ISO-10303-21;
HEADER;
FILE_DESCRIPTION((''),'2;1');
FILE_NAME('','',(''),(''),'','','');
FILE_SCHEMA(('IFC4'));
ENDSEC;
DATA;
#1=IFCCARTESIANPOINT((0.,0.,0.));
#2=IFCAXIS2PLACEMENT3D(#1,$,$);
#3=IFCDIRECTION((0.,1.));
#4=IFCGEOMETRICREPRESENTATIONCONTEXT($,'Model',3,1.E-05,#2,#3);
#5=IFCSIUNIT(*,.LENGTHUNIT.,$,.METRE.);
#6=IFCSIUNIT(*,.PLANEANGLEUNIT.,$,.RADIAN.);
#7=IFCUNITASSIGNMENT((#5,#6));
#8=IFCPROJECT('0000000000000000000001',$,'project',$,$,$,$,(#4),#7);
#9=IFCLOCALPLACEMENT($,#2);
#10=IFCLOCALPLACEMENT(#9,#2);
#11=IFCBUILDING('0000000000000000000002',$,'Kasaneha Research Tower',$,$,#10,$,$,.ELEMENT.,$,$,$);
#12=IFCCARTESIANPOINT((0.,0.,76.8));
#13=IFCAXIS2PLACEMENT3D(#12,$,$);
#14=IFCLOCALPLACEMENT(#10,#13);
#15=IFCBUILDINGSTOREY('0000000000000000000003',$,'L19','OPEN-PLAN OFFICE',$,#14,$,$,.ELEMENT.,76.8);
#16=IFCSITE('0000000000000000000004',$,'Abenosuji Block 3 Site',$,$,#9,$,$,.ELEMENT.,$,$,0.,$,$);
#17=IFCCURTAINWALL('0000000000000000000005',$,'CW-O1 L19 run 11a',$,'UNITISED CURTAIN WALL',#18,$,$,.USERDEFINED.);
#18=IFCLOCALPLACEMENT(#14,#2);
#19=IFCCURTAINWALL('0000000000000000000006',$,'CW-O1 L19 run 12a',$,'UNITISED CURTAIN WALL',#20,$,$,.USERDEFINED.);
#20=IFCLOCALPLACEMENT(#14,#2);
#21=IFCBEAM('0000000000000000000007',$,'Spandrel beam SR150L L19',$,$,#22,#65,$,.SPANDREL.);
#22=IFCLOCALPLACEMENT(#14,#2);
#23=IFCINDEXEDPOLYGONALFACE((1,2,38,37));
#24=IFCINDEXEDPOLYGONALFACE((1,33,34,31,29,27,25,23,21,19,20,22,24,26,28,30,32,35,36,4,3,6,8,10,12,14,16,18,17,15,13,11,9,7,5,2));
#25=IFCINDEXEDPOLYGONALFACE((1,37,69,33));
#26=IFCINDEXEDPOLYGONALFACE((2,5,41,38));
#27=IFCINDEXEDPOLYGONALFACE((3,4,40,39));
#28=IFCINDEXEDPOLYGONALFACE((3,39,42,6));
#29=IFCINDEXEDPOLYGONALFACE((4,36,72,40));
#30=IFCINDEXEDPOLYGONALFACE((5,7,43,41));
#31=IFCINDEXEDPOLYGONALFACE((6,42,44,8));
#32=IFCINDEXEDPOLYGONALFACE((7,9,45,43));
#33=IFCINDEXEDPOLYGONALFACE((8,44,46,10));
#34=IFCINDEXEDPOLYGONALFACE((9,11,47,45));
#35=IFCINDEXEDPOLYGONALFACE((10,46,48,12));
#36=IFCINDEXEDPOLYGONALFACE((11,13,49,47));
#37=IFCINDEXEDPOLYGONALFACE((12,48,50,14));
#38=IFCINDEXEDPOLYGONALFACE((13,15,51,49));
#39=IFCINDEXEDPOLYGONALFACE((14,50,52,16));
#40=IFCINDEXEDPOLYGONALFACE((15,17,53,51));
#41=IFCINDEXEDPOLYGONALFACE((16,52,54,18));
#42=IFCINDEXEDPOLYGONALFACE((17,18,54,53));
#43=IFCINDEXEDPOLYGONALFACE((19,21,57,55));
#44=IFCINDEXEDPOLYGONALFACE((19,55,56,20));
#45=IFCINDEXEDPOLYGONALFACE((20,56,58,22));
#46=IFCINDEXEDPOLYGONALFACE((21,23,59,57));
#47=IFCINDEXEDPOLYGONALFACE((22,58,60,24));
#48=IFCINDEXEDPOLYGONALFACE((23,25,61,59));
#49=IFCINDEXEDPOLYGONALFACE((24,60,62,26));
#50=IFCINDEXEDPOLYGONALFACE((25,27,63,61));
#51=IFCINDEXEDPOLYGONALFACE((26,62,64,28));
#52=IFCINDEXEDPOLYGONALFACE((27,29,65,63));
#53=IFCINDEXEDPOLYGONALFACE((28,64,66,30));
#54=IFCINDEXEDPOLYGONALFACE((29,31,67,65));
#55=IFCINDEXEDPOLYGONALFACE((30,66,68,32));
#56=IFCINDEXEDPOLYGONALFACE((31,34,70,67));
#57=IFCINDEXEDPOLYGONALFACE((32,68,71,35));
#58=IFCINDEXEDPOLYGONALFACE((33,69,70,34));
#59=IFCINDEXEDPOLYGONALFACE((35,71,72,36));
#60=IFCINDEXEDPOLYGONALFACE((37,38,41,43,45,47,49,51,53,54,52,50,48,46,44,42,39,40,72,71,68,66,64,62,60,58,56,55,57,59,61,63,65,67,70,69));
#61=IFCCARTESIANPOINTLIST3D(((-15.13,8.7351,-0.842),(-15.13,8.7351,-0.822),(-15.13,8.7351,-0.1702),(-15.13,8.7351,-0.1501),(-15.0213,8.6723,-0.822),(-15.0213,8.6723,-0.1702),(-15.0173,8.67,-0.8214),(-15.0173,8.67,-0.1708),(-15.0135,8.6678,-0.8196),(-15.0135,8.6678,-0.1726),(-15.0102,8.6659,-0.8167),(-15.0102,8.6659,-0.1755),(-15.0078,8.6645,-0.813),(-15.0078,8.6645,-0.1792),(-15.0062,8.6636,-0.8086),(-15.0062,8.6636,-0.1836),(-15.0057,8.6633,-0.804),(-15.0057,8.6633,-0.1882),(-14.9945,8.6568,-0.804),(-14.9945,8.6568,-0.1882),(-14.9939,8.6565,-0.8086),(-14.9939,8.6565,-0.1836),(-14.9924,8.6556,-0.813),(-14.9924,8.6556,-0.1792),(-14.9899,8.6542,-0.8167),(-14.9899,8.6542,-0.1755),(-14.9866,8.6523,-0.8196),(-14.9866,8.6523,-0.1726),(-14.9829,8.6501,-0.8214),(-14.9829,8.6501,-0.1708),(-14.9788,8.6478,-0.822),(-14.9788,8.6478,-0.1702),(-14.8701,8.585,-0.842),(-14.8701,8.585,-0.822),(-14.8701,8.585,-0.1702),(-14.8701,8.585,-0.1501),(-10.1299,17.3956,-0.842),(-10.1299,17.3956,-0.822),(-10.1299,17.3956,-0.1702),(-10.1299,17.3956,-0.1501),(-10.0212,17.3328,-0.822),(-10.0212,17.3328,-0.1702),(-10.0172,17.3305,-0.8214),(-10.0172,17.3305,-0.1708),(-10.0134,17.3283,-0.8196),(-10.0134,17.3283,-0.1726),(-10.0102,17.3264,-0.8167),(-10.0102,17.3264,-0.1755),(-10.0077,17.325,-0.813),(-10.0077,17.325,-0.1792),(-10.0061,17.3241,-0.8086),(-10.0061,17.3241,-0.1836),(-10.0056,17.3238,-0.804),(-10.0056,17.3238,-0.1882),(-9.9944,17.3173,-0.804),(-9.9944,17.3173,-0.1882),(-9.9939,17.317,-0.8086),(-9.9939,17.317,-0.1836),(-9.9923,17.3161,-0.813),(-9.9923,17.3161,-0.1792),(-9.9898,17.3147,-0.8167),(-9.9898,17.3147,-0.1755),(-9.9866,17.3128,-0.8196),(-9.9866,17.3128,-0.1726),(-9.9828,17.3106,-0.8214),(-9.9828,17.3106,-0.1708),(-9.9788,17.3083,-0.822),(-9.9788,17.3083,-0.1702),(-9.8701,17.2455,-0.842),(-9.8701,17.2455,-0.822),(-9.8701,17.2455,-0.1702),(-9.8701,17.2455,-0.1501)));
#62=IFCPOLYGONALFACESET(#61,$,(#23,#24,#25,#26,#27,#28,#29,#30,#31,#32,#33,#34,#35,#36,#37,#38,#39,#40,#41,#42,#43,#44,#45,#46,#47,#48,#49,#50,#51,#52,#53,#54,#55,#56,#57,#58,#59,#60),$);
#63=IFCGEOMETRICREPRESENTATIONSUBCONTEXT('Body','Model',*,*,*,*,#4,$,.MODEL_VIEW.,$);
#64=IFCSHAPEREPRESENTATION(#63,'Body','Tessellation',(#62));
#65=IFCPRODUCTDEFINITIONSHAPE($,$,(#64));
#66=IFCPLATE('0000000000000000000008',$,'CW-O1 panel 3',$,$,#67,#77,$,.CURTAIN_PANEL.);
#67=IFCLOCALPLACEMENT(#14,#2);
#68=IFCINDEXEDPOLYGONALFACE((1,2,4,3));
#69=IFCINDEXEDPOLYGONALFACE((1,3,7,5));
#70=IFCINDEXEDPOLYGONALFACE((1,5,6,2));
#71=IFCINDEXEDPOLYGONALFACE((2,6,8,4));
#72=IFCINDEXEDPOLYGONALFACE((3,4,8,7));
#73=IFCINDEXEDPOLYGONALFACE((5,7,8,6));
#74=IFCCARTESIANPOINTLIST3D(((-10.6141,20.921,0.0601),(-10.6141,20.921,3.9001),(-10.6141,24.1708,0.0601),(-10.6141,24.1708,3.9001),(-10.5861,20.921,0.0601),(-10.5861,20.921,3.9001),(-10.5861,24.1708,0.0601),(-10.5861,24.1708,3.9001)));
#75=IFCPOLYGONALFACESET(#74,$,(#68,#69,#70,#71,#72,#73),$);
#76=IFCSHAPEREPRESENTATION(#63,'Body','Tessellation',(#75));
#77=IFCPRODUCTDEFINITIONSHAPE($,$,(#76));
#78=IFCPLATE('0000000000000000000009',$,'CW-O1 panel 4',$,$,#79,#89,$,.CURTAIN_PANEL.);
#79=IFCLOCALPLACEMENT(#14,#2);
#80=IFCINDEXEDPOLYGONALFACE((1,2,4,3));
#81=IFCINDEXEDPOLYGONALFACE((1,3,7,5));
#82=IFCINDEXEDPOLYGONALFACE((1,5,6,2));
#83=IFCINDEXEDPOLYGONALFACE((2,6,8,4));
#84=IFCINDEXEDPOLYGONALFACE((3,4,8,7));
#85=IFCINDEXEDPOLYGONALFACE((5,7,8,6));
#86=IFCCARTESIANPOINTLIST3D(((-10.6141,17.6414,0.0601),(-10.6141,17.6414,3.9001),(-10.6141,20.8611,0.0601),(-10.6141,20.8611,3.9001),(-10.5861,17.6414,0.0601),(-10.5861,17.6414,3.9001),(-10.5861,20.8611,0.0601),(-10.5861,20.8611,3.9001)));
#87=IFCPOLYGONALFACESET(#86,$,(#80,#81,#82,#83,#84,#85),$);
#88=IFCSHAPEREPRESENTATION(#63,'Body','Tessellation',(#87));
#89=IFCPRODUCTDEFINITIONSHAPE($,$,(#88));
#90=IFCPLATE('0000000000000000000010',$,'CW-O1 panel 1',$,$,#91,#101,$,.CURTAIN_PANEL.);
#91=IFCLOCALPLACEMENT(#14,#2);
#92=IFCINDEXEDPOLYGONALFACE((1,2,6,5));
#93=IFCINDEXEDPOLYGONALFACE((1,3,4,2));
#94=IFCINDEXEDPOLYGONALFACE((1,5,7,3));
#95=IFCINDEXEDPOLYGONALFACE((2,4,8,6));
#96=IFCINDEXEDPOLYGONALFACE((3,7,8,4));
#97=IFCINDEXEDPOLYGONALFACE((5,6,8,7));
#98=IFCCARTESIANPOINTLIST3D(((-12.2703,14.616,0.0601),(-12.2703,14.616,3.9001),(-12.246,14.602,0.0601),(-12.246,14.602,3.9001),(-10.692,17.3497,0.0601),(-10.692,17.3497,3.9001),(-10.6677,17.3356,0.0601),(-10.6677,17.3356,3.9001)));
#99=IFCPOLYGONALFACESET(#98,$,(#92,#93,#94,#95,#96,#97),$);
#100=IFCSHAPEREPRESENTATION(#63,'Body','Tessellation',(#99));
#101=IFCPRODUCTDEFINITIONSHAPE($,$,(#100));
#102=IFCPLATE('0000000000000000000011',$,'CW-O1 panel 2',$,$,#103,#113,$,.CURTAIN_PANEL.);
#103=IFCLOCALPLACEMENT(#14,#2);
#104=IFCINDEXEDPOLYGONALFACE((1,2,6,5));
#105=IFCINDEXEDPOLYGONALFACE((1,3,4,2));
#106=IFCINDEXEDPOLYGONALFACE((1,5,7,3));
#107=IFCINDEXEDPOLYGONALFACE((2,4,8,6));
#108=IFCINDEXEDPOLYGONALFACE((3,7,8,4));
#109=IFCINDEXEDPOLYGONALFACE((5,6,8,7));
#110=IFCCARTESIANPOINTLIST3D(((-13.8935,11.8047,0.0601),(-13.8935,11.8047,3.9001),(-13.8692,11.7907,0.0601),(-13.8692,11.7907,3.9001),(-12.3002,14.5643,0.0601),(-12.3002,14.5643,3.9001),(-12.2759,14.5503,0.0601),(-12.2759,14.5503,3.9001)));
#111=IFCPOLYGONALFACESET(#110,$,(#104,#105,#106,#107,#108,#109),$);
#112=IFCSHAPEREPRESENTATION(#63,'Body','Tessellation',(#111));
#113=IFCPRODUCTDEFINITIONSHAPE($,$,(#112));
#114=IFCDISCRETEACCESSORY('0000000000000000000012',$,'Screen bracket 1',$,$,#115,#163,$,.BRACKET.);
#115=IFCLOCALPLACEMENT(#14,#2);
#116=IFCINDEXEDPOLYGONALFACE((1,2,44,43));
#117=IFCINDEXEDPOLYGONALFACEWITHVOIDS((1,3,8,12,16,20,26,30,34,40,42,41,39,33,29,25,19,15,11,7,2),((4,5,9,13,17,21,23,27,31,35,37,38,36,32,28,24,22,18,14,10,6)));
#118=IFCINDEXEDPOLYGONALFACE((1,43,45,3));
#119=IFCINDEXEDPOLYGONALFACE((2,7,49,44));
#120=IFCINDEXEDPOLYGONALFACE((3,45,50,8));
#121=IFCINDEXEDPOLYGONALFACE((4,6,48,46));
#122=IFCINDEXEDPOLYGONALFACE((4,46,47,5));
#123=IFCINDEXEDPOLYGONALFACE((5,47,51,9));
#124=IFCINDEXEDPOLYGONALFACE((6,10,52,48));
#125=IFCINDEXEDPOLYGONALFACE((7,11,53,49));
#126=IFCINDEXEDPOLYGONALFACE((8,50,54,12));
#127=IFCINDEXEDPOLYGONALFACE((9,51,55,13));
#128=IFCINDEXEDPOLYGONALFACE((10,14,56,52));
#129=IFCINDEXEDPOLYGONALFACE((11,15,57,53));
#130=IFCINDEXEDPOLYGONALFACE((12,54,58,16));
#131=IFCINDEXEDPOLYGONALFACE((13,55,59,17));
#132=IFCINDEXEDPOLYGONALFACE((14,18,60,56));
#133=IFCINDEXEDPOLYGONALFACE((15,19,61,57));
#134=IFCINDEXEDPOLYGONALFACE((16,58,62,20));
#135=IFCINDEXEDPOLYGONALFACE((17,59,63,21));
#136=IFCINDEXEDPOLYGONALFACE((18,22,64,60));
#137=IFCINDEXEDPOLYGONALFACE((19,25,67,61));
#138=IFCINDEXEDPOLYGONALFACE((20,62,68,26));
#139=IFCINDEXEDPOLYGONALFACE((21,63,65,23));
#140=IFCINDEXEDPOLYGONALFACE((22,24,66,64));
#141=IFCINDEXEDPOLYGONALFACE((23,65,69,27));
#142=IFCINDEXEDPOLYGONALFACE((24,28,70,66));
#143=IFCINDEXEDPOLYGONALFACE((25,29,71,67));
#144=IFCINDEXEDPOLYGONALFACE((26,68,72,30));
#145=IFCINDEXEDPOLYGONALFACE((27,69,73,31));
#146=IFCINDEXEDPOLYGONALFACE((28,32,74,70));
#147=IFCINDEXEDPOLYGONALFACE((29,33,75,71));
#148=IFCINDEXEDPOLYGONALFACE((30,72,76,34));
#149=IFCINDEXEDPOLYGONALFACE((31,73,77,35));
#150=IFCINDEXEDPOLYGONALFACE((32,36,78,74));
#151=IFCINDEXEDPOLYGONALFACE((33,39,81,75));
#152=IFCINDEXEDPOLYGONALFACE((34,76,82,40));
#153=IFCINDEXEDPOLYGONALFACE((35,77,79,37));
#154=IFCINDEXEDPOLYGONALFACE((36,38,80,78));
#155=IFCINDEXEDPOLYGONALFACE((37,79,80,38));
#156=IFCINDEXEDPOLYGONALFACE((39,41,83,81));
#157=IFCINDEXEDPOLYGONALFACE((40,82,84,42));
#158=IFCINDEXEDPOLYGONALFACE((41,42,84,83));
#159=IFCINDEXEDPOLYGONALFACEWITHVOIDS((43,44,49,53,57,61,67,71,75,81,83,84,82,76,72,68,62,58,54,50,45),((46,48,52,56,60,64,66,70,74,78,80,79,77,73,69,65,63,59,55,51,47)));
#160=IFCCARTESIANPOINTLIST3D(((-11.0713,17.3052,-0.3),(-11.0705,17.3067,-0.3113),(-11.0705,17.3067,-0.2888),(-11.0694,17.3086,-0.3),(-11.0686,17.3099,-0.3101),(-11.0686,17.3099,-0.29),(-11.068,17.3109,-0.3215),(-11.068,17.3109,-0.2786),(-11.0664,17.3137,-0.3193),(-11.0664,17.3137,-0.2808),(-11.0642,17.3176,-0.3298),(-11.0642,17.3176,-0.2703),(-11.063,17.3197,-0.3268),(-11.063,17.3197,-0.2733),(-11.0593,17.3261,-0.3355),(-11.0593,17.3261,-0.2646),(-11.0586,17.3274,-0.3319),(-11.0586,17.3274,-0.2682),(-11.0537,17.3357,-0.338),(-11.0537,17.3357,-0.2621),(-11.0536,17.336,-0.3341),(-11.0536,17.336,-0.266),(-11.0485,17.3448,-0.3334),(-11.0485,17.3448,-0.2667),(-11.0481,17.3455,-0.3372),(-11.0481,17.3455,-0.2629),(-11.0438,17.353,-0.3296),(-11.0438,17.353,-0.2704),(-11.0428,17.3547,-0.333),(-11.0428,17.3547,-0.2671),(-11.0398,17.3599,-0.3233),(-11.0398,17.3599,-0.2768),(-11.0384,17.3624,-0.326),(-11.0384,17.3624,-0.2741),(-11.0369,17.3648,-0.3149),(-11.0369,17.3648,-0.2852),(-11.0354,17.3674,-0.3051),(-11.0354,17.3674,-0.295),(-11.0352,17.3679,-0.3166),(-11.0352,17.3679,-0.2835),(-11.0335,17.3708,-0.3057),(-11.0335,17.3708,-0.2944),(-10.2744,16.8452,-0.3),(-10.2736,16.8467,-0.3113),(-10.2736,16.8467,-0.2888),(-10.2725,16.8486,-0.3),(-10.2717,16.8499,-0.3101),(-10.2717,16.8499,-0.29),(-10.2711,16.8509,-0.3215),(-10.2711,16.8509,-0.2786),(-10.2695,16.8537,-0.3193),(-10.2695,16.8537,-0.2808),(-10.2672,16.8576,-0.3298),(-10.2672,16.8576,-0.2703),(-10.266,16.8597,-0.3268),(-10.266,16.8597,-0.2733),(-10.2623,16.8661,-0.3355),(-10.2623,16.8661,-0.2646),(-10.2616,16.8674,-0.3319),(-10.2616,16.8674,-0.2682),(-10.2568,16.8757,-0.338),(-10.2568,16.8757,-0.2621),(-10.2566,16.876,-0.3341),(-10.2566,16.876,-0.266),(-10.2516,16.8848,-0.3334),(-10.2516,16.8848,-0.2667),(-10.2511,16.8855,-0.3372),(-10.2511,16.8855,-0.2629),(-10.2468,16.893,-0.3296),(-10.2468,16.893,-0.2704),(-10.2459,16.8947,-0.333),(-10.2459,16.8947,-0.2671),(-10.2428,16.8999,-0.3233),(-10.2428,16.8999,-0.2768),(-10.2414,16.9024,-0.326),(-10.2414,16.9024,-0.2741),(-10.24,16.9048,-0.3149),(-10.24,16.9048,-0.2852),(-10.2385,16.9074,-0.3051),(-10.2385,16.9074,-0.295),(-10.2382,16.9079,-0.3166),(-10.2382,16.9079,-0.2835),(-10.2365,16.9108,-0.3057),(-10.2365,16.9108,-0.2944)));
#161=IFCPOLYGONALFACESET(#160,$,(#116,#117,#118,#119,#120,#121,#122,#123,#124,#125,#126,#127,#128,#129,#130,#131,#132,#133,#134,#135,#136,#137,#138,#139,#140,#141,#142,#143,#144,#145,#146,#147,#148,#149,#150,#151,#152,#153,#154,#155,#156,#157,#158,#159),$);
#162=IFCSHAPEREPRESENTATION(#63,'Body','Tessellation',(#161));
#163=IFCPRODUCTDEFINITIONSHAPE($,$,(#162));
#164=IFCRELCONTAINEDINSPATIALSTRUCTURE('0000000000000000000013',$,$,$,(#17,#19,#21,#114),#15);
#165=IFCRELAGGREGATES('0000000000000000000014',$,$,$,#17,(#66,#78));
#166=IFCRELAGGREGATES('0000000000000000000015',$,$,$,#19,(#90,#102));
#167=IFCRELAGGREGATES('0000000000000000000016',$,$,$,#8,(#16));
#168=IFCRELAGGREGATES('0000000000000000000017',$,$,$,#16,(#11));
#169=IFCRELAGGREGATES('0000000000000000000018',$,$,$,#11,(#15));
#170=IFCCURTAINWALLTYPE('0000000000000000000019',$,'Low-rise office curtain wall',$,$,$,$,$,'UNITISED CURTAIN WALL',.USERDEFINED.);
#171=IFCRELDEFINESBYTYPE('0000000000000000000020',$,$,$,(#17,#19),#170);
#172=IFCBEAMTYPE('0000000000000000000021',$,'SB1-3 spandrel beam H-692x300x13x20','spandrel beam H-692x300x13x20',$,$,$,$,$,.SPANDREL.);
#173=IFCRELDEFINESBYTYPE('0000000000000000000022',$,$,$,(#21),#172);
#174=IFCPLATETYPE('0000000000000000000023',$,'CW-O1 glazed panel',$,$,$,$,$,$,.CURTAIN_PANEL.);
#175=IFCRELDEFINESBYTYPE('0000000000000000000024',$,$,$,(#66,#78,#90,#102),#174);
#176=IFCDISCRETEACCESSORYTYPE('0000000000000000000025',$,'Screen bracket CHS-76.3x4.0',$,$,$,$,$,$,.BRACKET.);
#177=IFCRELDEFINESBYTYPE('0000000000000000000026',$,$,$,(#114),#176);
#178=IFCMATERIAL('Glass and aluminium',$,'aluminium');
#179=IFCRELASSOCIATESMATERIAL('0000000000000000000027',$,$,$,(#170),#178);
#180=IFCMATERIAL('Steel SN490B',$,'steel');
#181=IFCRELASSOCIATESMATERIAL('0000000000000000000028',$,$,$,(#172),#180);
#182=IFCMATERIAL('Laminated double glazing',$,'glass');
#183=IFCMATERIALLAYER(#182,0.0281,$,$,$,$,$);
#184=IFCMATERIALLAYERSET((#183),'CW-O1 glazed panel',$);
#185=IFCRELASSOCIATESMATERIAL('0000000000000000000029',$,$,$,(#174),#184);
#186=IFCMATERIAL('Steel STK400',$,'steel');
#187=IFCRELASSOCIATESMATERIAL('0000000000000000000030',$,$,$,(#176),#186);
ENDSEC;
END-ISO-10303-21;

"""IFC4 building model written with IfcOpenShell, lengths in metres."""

from ifc_helpers import new_model, si_unit, direction, frame, origin, origin_2d, place, context, subcontext, project, spatial, rectangle, hollow_circle, i_section, extrude, material, layer, layer_set, material_profile, profile_set, type_object, element, aggregate, save


model = new_model("IFC4")

# Units and contexts
model_context = context("Model", 3, precision=1e-05, world=origin(), true_north=direction((0.0, 1.0)))
body_context = subcontext(model_context, "Body", "Model", "MODEL_VIEW")
ifc_project = project(units=[si_unit("LENGTHUNIT", "METRE"), si_unit("PLANEANGLEUNIT", "RADIAN")], contexts=[model_context])

# Site, building, storey
site_placement = place(None, origin())
site = spatial("IfcSite", under=ifc_project, at=site_placement, Name="Abenosuji Block 3 Site", CompositionType="ELEMENT", RefElevation=0.0)
building_placement = place(site_placement, origin())
building = spatial("IfcBuilding", under=site, at=building_placement, Name="Kasaneha Research Tower", CompositionType="ELEMENT")
storey_placement = place(building_placement, frame((0.0, 0.0, 76.8)))
storey = spatial("IfcBuildingStorey", under=building, at=storey_placement, Name="L19", Description="OPEN-PLAN OFFICE", CompositionType="ELEMENT", Elevation=76.8)

# Curtain walls
ifc_material_1 = material(Name="Glass and aluminium", Category="aluminium")
curtain_wall_type = type_object("IfcCurtainWallType", Name="Low-rise office curtain wall", ElementType="UNITISED CURTAIN WALL", PredefinedType="USERDEFINED", material=ifc_material_1)
curtain_wall_1_placement = place(storey_placement, origin())
curtain_wall_1 = element("IfcCurtainWall", 1, at=curtain_wall_1_placement, inside=storey, type_object=curtain_wall_type, Name="CW-O1 L19 run 11a", ObjectType="UNITISED CURTAIN WALL", PredefinedType="USERDEFINED")
curtain_wall_2_placement = place(storey_placement, origin())
curtain_wall_2 = element("IfcCurtainWall", 2, at=curtain_wall_2_placement, inside=storey, type_object=curtain_wall_type, Name="CW-O1 L19 run 12a", ObjectType="UNITISED CURTAIN WALL", PredefinedType="USERDEFINED")

# Beam
ifc_material_2 = material(Name="Steel SN490B", Category="steel")
ifc_material_profile_1 = material_profile(ifc_material_2, i_section(OverallWidth=0.3, OverallDepth=0.6919, WebThickness=0.0129, FlangeThickness=0.02, FilletRadius=0.0181, at=origin_2d()), Name="H-692x300x13x20")
ifc_profile_set_1 = profile_set([ifc_material_profile_1], Name="Steel SN490B")
beam_type_1 = type_object("IfcBeamType", Name="SB1-3 spandrel beam H-692x300x13x20", Description="spandrel beam H-692x300x13x20", PredefinedType="SPANDREL", material=ifc_profile_set_1)
beam_1_placement = place(storey_placement, frame((-10.0, 17.3206, -0.4961), z_axis=(-0.499994, -0.866029, 0.0), x_axis=(0.866029, -0.499994, 0.0)))
element("IfcBeam", 3, at=beam_1_placement, inside=storey, type_object=beam_type_1, Name="Spandrel beam SR150L L19", PredefinedType="SPANDREL", context=body_context, shape_type="SweptSolid", body=[
    extrude(i_section(OverallWidth=0.3, OverallDepth=0.6919, WebThickness=0.0129, FlangeThickness=0.02, FilletRadius=0.0181, at=origin_2d()), origin(), (0.0, 0.0, 1.0), 10.0002),
])

# Plates
ifc_material_3 = material(Name="Laminated double glazing", Category="glass")
ifc_layer = layer(ifc_material_3, 0.0281)
ifc_layer_set = layer_set([ifc_layer], Name="CW-O1 glazed panel")
plate_type = type_object("IfcPlateType", Name="CW-O1 glazed panel", PredefinedType="CURTAIN_PANEL", material=ifc_layer_set)
plate_1_placement = place(storey_placement, frame((-10.6001, 22.5459, 0.0601), z_axis=(0.0, 0.0, 1.0), x_axis=(0.0, -1.0, 0.0)))
plate_1 = element("IfcPlate", 4, at=plate_1_placement, type_object=plate_type, Name="CW-O1 panel 3", PredefinedType="CURTAIN_PANEL", context=body_context, shape_type="SweptSolid", body=[
    extrude(rectangle(XDim=3.2498, YDim=0.0281, at=origin_2d()), origin(), (0.0, 0.0, 1.0), 3.8401),
])
plate_2_placement = place(storey_placement, frame((-10.6001, 19.2512, 0.0601), z_axis=(0.0, 0.0, 1.0), x_axis=(0.0, -1.0, 0.0)))
plate_2 = element("IfcPlate", 5, at=plate_2_placement, type_object=plate_type, Name="CW-O1 panel 4", PredefinedType="CURTAIN_PANEL", context=body_context, shape_type="SweptSolid", body=[
    extrude(rectangle(XDim=3.2197, YDim=0.0281, at=origin_2d()), origin(), (0.0, 0.0, 1.0), 3.8401),
])
aggregate(curtain_wall_1, [plate_1, plate_2])
plate_3_placement = place(storey_placement, frame((-11.469, 15.9758, 0.0601), z_axis=(0.0, 0.0, 1.0), x_axis=(-0.5, -0.866025, 0.0)))
plate_3 = element("IfcPlate", 6, at=plate_3_placement, type_object=plate_type, Name="CW-O1 panel 1", PredefinedType="CURTAIN_PANEL", context=body_context, shape_type="SweptSolid", body=[
    extrude(rectangle(XDim=3.1565, YDim=0.0281, at=origin_2d()), origin(), (0.0, 0.0, 1.0), 3.8401),
])
plate_4_placement = place(storey_placement, frame((-13.0847, 13.1775, 0.0601), z_axis=(0.0, 0.0, 1.0), x_axis=(-0.5, -0.866025, 0.0)))
plate_4 = element("IfcPlate", 7, at=plate_4_placement, type_object=plate_type, Name="CW-O1 panel 2", PredefinedType="CURTAIN_PANEL", context=body_context, shape_type="SweptSolid", body=[
    extrude(rectangle(XDim=3.1865, YDim=0.0281, at=origin_2d()), origin(), (0.0, 0.0, 1.0), 3.8401),
])
aggregate(curtain_wall_2, [plate_3, plate_4])

# Discrete accessory
ifc_material_4 = material(Name="Steel STK400", Category="steel")
ifc_material_profile_2 = material_profile(ifc_material_4, hollow_circle(Radius=0.0381, WallThickness=0.0039, at=origin_2d()), Name="CHS-76.3x4.0")
ifc_profile_set_2 = profile_set([ifc_material_profile_2], Name="Steel STK400")
discrete_accessory_type = type_object("IfcDiscreteAccessoryType", Name="Screen bracket CHS-76.3x4.0", PredefinedType="BRACKET", material=ifc_profile_set_2)
discrete_accessory_1_placement = place(storey_placement, frame((-10.2554, 16.8782, -0.3), z_axis=(-0.86608, 0.499906, 0.0), x_axis=(-0.499906, -0.86608, 0.0)))
element("IfcDiscreteAccessory", 8, at=discrete_accessory_1_placement, inside=storey, type_object=discrete_accessory_type, Name="Screen bracket 1", PredefinedType="BRACKET", context=body_context, shape_type="SweptSolid", body=[
    extrude(hollow_circle(Radius=0.0381, WallThickness=0.0039, at=origin_2d()), origin(), (0.0, 0.0, 1.0), 0.9202),
])

save(model, "model.ifc")
